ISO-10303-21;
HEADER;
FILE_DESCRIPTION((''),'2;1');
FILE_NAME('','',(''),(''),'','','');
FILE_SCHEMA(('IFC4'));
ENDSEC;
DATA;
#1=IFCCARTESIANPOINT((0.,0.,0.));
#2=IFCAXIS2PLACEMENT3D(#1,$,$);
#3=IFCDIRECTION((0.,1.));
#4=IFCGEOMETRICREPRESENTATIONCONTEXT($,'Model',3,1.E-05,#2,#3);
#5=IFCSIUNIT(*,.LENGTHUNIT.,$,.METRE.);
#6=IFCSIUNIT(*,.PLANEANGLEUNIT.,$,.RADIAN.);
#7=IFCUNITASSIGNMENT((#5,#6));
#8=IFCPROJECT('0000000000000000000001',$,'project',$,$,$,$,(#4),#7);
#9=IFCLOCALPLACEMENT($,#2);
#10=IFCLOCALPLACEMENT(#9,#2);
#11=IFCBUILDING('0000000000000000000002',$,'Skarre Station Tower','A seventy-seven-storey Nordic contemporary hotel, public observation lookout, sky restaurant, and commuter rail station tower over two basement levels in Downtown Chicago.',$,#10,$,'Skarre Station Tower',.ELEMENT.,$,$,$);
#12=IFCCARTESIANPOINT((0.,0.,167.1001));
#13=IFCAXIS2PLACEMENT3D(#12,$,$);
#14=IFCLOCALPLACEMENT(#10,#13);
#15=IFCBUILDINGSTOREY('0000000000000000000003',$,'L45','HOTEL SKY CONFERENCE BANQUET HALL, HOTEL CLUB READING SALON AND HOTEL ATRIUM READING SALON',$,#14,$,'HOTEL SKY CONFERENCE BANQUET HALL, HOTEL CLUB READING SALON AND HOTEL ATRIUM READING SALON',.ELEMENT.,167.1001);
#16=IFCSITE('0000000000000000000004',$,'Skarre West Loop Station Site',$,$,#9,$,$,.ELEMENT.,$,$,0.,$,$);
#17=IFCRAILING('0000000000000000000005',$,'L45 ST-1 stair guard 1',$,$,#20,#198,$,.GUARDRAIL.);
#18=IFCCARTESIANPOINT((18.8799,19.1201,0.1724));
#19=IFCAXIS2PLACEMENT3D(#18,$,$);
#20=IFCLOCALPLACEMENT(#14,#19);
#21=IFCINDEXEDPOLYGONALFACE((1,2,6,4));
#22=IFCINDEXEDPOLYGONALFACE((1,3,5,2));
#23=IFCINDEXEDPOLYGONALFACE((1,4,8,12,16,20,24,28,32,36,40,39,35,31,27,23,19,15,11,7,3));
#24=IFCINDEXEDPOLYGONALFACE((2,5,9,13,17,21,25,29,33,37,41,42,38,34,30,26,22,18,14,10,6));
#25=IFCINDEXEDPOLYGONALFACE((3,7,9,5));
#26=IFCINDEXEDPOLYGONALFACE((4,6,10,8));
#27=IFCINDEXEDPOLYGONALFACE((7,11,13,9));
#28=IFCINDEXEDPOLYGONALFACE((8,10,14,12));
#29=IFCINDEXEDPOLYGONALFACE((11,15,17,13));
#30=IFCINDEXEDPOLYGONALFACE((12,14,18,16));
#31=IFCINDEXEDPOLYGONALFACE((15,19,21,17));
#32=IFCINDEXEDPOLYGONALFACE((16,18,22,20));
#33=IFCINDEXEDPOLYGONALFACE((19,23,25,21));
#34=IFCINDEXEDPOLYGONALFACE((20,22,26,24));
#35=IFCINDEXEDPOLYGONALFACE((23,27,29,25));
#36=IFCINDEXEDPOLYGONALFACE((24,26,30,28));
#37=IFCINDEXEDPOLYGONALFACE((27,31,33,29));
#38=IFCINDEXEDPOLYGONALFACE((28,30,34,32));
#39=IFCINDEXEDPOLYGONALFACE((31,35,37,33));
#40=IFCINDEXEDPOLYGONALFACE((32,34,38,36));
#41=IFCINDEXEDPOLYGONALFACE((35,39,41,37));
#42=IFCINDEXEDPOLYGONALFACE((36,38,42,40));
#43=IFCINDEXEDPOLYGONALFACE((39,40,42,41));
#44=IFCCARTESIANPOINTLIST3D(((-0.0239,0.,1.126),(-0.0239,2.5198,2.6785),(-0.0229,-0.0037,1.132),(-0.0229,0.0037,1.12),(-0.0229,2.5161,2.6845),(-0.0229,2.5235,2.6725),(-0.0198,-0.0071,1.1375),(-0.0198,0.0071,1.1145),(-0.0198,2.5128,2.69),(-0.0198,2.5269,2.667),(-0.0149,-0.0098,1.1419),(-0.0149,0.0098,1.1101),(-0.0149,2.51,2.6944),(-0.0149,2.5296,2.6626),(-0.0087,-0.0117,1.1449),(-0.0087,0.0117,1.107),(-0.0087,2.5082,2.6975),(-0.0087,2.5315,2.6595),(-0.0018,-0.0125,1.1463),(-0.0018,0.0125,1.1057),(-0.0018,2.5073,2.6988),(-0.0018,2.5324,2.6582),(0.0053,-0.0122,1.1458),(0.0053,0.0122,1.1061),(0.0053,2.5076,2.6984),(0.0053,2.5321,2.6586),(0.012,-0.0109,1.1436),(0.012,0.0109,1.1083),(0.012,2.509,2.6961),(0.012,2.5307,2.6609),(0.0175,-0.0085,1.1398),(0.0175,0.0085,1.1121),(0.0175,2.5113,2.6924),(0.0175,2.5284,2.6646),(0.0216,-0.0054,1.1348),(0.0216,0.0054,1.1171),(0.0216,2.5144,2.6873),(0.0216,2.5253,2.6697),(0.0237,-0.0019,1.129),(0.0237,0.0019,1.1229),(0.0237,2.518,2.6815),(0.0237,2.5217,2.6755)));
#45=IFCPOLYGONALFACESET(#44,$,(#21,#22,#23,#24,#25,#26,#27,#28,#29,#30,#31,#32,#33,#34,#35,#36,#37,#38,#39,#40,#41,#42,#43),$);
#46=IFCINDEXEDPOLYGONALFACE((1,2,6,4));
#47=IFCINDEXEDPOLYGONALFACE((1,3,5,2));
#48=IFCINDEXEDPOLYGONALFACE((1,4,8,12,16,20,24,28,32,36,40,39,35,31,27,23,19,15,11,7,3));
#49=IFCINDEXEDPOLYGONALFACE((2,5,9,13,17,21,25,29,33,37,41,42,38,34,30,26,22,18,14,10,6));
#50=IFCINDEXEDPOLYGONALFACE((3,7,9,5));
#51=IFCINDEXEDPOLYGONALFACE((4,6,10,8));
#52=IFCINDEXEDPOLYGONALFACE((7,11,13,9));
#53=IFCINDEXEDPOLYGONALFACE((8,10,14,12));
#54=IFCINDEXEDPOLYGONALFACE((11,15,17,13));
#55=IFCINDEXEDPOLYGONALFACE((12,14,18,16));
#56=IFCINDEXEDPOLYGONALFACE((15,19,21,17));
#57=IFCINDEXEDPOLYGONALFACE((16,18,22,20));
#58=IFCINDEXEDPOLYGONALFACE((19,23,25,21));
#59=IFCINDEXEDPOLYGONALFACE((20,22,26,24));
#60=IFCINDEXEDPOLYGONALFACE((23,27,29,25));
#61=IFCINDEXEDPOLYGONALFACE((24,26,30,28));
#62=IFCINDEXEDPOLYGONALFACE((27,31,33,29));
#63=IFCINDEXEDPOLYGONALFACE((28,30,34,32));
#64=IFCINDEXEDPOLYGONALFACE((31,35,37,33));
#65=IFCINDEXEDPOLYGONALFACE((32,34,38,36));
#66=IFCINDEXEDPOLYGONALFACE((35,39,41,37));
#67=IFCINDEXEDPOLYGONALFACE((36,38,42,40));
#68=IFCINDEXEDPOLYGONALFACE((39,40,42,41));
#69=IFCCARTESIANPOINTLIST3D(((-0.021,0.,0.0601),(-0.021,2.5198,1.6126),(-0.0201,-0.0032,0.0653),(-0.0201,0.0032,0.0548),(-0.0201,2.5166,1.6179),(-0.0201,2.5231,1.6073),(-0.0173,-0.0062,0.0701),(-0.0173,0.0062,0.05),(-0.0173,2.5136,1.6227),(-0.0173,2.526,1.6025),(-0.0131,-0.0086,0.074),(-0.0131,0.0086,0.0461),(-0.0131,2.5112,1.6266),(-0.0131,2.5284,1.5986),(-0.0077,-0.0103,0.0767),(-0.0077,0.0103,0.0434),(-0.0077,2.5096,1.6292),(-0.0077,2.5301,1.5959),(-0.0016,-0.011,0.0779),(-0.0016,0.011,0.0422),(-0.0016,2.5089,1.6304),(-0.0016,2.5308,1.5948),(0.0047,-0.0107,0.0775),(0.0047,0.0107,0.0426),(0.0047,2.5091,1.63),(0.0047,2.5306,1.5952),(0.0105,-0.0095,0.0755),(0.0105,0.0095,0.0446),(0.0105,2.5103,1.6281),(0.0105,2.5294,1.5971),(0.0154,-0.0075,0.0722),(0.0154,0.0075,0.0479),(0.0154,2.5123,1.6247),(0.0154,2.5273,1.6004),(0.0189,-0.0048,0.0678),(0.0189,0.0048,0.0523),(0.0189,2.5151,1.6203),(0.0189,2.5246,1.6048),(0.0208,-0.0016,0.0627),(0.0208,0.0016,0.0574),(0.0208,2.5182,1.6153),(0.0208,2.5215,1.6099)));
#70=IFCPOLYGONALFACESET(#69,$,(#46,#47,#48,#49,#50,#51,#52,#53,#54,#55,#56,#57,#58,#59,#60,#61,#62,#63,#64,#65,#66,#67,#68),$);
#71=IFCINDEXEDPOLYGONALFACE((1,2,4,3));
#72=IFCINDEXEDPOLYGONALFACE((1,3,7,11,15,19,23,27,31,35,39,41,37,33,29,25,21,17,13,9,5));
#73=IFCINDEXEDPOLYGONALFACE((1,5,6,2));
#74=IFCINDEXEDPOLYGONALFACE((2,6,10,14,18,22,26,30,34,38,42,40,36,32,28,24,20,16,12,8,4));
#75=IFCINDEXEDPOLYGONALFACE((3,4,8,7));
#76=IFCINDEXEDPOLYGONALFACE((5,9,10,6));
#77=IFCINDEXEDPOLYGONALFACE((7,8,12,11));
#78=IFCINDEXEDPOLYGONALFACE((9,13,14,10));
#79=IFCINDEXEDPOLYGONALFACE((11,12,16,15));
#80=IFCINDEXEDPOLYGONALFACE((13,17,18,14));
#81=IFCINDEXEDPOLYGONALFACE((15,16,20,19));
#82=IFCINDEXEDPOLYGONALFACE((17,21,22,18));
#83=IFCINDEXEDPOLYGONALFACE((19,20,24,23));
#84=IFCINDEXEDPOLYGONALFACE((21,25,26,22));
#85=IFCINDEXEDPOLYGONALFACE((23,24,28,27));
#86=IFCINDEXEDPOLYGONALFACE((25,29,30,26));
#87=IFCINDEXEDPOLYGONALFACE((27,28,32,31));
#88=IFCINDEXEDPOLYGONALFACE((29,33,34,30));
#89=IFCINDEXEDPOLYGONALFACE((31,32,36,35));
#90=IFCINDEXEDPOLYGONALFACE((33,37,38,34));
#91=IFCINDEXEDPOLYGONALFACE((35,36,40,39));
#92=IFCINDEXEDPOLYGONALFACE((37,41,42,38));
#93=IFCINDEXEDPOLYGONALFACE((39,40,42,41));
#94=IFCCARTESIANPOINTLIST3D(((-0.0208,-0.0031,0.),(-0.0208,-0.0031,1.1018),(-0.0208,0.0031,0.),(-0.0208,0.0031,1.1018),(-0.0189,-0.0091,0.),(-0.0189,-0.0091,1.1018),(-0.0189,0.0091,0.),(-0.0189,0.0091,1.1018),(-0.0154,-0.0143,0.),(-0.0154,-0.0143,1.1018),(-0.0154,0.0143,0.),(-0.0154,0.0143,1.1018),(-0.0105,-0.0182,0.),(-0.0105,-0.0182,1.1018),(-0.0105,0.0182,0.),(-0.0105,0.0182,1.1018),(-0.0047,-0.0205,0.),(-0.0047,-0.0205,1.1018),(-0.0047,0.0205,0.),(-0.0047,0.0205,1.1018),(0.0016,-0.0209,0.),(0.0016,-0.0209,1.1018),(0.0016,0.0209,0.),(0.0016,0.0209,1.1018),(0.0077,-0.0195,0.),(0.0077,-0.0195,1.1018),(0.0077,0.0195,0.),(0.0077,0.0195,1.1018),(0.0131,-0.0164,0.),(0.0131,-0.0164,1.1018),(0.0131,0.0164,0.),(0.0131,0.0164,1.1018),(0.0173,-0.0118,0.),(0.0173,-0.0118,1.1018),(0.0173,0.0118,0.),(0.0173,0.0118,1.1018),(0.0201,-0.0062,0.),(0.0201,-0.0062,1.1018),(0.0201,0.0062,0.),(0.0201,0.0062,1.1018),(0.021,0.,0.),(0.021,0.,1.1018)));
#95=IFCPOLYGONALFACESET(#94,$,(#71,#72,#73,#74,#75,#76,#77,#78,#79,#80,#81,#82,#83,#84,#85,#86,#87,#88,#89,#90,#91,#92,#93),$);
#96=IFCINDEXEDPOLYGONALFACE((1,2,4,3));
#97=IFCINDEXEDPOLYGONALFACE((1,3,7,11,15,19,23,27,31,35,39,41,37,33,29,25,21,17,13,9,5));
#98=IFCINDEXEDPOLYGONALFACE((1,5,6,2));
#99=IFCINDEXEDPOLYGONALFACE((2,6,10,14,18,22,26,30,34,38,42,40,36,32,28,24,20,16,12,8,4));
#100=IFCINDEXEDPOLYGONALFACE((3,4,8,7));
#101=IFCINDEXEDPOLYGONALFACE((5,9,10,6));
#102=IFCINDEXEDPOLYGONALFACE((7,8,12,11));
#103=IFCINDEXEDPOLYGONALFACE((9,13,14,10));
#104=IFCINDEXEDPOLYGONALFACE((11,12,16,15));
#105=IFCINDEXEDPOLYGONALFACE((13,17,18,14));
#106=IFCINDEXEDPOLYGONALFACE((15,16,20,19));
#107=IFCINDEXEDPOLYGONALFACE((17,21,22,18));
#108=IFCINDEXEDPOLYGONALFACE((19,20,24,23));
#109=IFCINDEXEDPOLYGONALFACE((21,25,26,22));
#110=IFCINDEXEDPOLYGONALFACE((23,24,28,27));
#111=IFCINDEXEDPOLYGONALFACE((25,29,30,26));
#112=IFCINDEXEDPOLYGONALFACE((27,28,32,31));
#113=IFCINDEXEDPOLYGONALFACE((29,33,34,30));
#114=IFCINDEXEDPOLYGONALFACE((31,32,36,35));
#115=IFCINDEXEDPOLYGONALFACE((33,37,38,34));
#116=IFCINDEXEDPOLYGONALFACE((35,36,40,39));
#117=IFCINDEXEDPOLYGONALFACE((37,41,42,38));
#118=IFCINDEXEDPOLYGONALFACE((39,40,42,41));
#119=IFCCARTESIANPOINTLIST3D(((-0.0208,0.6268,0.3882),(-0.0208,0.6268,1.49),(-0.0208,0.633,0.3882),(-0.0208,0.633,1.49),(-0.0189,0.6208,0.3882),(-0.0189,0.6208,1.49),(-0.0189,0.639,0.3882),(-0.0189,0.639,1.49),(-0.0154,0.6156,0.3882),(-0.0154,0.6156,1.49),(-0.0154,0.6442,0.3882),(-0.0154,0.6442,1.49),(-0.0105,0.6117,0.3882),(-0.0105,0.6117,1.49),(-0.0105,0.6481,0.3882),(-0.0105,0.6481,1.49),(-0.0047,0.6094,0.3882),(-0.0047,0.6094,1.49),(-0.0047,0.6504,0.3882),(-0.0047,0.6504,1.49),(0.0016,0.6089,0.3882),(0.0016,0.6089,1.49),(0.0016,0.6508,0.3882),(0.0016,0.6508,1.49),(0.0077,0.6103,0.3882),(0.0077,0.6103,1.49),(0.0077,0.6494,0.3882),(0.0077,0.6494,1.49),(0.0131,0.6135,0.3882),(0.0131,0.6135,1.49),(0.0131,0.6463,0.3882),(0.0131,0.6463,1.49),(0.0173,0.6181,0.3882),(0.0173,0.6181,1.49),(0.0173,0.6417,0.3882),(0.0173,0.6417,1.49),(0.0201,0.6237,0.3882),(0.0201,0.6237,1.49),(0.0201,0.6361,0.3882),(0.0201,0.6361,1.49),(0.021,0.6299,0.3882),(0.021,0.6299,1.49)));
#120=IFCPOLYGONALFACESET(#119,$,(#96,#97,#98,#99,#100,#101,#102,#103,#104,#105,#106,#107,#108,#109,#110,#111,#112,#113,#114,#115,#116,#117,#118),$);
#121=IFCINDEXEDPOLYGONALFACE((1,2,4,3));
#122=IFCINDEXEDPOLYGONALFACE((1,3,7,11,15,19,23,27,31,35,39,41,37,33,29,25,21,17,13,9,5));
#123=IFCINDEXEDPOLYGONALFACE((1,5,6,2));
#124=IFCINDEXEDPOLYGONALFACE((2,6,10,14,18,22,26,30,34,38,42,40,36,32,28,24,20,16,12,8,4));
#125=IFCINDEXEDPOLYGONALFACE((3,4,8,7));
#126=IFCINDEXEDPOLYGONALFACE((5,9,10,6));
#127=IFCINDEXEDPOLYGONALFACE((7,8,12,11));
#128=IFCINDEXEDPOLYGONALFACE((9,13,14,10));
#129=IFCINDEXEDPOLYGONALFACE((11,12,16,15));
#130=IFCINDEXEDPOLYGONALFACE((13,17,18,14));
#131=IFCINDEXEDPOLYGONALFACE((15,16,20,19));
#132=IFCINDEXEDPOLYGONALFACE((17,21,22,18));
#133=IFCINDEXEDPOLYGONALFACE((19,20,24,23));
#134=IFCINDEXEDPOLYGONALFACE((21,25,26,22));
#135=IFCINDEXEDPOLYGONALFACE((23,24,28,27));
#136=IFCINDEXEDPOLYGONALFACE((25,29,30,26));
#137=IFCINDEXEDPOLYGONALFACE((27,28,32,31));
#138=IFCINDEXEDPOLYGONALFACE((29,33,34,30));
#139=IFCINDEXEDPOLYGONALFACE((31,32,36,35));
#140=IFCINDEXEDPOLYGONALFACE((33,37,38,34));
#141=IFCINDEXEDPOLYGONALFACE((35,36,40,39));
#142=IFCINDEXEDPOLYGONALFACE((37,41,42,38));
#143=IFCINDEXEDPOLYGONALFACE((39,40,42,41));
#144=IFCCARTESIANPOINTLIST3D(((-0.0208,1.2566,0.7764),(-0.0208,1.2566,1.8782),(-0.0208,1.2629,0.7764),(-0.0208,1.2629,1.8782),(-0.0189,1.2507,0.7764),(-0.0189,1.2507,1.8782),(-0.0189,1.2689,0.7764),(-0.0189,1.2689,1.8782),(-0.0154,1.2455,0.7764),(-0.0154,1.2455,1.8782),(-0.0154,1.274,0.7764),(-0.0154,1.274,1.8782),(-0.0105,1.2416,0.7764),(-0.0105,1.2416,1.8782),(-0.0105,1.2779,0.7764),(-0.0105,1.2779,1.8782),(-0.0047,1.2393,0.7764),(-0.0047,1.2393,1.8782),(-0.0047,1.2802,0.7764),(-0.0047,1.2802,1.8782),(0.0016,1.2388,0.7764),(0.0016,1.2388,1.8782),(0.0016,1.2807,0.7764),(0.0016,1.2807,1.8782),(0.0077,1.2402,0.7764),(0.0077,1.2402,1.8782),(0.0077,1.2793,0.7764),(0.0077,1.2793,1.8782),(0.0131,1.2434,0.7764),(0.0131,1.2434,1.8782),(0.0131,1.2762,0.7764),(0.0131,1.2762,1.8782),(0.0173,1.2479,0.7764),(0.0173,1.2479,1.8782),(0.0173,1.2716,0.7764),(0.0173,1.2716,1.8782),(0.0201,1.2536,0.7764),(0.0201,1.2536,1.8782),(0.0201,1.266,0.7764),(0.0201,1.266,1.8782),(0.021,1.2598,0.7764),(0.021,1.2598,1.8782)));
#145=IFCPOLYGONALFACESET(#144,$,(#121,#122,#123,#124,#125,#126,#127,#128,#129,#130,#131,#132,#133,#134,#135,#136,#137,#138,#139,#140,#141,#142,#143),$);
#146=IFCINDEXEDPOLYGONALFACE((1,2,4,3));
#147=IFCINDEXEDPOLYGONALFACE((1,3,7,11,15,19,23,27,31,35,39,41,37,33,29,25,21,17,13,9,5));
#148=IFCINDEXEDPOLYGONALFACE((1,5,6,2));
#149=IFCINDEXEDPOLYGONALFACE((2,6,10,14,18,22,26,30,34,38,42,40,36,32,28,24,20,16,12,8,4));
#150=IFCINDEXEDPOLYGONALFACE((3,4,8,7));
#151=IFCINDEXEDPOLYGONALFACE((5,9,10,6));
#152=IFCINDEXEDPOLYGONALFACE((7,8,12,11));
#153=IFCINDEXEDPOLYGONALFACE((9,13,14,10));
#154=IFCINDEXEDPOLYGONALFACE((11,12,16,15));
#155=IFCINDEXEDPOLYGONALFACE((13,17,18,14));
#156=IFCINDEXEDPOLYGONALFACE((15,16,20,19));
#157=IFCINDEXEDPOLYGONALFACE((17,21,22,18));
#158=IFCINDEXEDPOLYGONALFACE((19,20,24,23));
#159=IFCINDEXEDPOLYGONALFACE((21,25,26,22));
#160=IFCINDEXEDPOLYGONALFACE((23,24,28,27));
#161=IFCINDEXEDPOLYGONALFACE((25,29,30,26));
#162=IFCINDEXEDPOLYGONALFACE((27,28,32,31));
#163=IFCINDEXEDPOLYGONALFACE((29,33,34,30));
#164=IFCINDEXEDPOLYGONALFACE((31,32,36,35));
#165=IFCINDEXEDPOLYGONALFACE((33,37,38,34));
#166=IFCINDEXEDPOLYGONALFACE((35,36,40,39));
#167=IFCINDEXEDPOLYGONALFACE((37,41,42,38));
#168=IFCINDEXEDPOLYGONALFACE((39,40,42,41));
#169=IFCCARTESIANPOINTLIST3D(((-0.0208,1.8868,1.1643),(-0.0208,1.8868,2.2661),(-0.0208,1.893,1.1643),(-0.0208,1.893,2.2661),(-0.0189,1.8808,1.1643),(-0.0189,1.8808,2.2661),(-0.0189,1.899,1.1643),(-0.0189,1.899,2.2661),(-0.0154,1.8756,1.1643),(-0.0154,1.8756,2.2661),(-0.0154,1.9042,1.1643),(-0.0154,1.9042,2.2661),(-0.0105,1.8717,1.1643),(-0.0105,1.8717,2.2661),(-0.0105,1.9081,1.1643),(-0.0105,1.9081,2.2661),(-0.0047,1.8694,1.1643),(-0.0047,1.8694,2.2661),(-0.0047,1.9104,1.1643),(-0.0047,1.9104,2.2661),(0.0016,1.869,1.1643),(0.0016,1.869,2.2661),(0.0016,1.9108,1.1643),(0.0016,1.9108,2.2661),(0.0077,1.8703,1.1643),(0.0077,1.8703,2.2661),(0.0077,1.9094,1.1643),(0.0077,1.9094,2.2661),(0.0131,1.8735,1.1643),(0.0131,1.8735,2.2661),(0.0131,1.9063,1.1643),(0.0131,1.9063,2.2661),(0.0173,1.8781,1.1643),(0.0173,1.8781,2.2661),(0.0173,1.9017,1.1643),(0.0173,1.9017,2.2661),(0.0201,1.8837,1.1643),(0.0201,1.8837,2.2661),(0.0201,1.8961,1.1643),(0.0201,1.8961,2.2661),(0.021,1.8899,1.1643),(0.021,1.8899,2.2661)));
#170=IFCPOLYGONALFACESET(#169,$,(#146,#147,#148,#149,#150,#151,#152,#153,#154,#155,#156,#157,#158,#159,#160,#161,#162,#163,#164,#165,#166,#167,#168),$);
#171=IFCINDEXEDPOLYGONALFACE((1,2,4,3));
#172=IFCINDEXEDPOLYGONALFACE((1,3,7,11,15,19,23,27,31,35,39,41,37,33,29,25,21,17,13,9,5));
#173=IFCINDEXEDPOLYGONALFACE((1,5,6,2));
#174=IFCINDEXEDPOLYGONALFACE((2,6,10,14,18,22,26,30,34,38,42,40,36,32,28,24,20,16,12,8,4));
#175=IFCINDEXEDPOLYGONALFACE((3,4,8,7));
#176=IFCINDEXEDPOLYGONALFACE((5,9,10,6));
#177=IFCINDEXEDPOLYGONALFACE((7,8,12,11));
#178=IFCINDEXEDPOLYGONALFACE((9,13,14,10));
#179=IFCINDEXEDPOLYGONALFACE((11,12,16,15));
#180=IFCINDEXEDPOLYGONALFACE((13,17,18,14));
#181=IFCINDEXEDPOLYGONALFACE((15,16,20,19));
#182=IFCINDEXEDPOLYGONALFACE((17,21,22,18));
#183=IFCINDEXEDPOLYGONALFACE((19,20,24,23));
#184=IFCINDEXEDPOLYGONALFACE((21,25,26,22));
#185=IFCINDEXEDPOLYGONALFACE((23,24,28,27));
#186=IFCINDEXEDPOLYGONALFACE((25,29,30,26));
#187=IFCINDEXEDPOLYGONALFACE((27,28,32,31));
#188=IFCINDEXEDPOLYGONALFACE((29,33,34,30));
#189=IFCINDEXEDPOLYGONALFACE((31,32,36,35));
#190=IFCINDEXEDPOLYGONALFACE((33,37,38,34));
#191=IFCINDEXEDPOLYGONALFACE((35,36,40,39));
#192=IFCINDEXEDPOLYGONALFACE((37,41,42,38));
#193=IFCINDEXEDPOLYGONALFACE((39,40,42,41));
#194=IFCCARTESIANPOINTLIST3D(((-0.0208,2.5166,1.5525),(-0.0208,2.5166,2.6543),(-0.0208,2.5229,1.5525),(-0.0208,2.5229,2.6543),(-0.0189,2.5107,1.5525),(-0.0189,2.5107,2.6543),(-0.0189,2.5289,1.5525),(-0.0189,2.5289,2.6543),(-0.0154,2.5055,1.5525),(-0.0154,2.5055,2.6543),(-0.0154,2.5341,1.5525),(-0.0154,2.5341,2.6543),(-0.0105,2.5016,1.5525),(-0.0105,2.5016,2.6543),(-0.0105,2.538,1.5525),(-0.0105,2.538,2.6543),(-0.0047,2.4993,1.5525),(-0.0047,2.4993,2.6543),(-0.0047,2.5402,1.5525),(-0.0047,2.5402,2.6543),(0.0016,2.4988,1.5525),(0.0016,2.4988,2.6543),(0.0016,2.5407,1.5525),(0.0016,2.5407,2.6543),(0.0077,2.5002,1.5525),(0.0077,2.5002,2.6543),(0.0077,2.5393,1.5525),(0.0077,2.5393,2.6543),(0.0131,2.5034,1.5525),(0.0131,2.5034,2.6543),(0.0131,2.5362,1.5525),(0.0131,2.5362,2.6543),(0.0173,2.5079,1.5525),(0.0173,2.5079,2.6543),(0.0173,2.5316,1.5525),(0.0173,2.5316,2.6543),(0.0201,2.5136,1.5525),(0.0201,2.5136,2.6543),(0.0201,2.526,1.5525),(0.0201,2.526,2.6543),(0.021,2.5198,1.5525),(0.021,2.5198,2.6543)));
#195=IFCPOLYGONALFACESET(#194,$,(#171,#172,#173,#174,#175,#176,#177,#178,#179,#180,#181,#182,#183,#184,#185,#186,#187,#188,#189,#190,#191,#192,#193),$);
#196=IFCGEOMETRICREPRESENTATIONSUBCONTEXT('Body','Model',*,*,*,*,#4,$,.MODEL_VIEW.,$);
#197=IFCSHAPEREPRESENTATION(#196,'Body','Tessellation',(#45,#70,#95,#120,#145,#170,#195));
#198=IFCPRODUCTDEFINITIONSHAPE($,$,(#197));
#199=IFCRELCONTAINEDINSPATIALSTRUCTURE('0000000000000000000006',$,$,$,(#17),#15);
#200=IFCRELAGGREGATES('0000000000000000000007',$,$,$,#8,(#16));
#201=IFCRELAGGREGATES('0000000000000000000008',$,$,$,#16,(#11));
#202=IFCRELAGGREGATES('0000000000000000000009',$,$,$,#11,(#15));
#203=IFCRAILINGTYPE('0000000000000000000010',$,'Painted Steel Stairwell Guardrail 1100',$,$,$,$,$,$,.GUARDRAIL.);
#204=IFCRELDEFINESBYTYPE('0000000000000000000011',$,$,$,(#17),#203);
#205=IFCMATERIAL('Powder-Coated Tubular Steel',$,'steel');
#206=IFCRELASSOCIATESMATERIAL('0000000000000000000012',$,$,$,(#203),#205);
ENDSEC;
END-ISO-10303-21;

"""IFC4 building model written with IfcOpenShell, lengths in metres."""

from ifc_helpers import new_model, si_unit, direction, frame, origin, origin_2d, place, context, subcontext, project, spatial, circle, extrude, material, type_object, element, save


model = new_model("IFC4")

# Units and contexts
model_context = context("Model", 3, precision=1e-05, world=origin(), true_north=direction((0.0, 1.0)))
body_context = subcontext(model_context, "Body", "Model", "MODEL_VIEW")
ifc_project = project(units=[si_unit("LENGTHUNIT", "METRE"), si_unit("PLANEANGLEUNIT", "RADIAN")], contexts=[model_context])

# Site, building, storey
site_placement = place(None, origin())
site = spatial("IfcSite", under=ifc_project, at=site_placement, Name="Skarre West Loop Station Site", CompositionType="ELEMENT", RefElevation=0.0)
building_placement = place(site_placement, origin())
building = spatial("IfcBuilding", under=site, at=building_placement, Name="Skarre Station Tower", Description="A seventy-seven-storey Nordic contemporary hotel, public observation lookout, sky restaurant, and commuter rail station tower over two basement levels in Downtown Chicago.", LongName="Skarre Station Tower", CompositionType="ELEMENT")
storey_placement = place(building_placement, frame((0.0, 0.0, 167.1001)))
storey = spatial("IfcBuildingStorey", under=building, at=storey_placement, Name="L45", Description="HOTEL SKY CONFERENCE BANQUET HALL, HOTEL CLUB READING SALON AND HOTEL ATRIUM READING SALON", LongName="HOTEL SKY CONFERENCE BANQUET HALL, HOTEL CLUB READING SALON AND HOTEL ATRIUM READING SALON", CompositionType="ELEMENT", Elevation=167.1001)

# Railing
ifc_material_1 = material(Name="Powder-Coated Tubular Steel", Category="steel")
railing_type_1 = type_object("IfcRailingType", Name="Painted Steel Stairwell Guardrail 1100", PredefinedType="GUARDRAIL", material=ifc_material_1)
railing_1_placement = place(storey_placement, frame((18.8799, 19.1201, 0.1724)))
element("IfcRailing", 1, at=railing_1_placement, inside=storey, type_object=railing_type_1, Name="L45 ST-1 stair guard 1", PredefinedType="GUARDRAIL", context=body_context, shape_type="SweptSolid", body=[
    extrude(circle(Radius=0.0239, at=origin_2d()), frame((0.0, 0.0, 1.126), z_axis=(0.0, 0.851378, 0.524553), x_axis=(-1.0, 0.0, 0.0)), (0.0, 0.0, 1.0), 2.9597),
    extrude(circle(Radius=0.021, at=origin_2d()), frame((0.0, 0.0, 0.0601), z_axis=(0.0, 0.851378, 0.524553), x_axis=(-1.0, 0.0, 0.0)), (0.0, 0.0, 1.0), 2.9597),
    extrude(circle(Radius=0.021, at=origin_2d()), origin(), (0.0, 0.0, 1.0), 1.1018),
    extrude(circle(Radius=0.021, at=origin_2d()), frame((0.0, 0.6299, 0.3882)), (0.0, 0.0, 1.0), 1.1018),
    extrude(circle(Radius=0.021, at=origin_2d()), frame((0.0, 1.2598, 0.7764)), (0.0, 0.0, 1.0), 1.1018),
    extrude(circle(Radius=0.021, at=origin_2d()), frame((0.0, 1.8899, 1.1643)), (0.0, 0.0, 1.0), 1.1018),
    extrude(circle(Radius=0.021, at=origin_2d()), frame((0.0, 2.5198, 1.5525)), (0.0, 0.0, 1.0), 1.1018),
])

save(model, "model.ifc")
